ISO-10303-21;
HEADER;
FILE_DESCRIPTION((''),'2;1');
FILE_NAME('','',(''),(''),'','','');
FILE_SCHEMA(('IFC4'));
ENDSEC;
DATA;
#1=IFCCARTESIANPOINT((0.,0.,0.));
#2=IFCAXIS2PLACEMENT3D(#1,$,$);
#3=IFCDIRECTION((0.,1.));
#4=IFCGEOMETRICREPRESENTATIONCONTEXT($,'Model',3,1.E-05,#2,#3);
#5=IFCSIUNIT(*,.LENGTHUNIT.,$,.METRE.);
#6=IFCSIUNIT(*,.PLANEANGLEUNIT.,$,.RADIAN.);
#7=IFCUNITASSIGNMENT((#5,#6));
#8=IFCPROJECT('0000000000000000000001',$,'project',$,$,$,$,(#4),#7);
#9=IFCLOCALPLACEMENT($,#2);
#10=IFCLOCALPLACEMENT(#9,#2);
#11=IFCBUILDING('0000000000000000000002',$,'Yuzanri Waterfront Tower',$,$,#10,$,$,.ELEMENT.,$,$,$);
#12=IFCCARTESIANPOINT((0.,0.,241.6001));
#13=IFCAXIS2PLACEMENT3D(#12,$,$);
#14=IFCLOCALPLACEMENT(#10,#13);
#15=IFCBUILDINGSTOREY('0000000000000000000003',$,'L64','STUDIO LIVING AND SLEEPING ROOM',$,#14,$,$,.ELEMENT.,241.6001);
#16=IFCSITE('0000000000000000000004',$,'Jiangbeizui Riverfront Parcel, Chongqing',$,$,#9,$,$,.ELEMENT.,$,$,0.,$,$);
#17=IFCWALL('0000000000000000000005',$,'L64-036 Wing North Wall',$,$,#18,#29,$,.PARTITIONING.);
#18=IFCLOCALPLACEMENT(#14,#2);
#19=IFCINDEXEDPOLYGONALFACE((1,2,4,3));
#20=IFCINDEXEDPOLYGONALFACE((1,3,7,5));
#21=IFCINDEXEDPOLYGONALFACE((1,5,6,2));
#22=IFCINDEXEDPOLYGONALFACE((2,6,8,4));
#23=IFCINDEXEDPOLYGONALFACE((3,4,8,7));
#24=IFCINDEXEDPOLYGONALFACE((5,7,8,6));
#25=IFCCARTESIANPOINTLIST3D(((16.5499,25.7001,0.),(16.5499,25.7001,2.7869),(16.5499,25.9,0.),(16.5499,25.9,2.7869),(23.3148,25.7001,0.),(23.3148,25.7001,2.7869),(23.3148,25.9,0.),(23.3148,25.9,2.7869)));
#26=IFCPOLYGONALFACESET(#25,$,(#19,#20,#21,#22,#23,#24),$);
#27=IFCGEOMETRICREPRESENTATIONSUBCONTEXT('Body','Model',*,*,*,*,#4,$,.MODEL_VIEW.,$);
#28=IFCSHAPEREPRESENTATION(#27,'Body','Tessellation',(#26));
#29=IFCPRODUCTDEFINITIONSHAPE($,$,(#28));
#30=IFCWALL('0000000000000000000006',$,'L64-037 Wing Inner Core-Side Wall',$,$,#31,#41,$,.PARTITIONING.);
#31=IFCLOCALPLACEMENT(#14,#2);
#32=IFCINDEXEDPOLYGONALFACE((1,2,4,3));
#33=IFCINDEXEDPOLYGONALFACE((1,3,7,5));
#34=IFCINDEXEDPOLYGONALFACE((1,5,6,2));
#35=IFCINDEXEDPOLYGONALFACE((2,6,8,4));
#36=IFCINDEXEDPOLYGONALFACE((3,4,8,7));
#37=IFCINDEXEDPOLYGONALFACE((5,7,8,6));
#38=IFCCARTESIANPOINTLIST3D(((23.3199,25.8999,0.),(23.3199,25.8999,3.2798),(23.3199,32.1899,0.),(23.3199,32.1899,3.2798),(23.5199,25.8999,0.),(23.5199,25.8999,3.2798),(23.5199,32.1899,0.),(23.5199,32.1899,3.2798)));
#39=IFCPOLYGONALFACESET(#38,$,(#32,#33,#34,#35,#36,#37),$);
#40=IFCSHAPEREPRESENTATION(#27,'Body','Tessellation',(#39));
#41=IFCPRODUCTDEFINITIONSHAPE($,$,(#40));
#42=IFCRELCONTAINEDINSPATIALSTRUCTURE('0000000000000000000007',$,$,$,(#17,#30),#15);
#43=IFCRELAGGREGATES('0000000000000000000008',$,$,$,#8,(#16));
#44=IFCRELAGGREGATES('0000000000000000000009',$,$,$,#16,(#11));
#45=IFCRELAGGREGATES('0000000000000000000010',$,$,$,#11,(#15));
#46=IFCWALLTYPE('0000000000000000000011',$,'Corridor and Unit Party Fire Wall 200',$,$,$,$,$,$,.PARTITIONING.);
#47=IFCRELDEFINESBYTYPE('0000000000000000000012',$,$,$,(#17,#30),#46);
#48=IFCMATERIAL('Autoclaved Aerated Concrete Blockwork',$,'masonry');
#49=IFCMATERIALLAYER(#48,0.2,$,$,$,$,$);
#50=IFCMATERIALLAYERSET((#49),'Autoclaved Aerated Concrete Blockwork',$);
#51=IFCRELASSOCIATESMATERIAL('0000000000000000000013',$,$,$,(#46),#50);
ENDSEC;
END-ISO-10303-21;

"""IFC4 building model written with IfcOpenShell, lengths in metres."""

from ifc_helpers import new_model, si_unit, direction, frame, frame_2d, origin, place, context, subcontext, project, spatial, rectangle, extrude, source, transform, mapped, material, layer, layer_set, type_object, element, save


model = new_model("IFC4")

# Units and contexts
model_context = context("Model", 3, precision=1e-05, world=origin(), true_north=direction((0.0, 1.0)))
body_context = subcontext(model_context, "Body", "Model", "MODEL_VIEW")
ifc_project = project(units=[si_unit("LENGTHUNIT", "METRE"), si_unit("PLANEANGLEUNIT", "RADIAN")], contexts=[model_context])

# Site, building, storey
site_placement = place(None, origin())
site = spatial("IfcSite", under=ifc_project, at=site_placement, Name="Jiangbeizui Riverfront Parcel, Chongqing", CompositionType="ELEMENT", RefElevation=0.0)
building_placement = place(site_placement, origin())
building = spatial("IfcBuilding", under=site, at=building_placement, Name="Yuzanri Waterfront Tower", CompositionType="ELEMENT")
storey_placement = place(building_placement, frame((0.0, 0.0, 241.6001)))
storey = spatial("IfcBuildingStorey", under=building, at=storey_placement, Name="L64", Description="STUDIO LIVING AND SLEEPING ROOM", CompositionType="ELEMENT", Elevation=241.6001)

# Shared definitions
ifc_material_1 = material(Name="Autoclaved Aerated Concrete Blockwork", Category="masonry")
ifc_layer_1 = layer(ifc_material_1, 0.2)
ifc_layer_set_1 = layer_set([ifc_layer_1], Name="Autoclaved Aerated Concrete Blockwork")
wall_type_1 = type_object("IfcWallType", Name="Corridor and Unit Party Fire Wall 200", PredefinedType="PARTITIONING", material=ifc_layer_set_1)

# Walls
shared_shape_1 = source(origin(), body_context, "Body", "SweptSolid", [
    extrude(rectangle(XDim=6.7649, YDim=0.2, at=frame_2d((3.3823, 0.0))), origin(), (0.0, 0.0, 1.0), 2.7869),
])
wall_1_placement = place(storey_placement, frame((16.55, 25.8, 0.0), z_axis=(0.0, 0.0, 1.0), x_axis=(1.0, 0.0, 0.0)))
element("IfcWall", 1, at=wall_1_placement, inside=storey, type_object=wall_type_1, Name="L64-036 Wing North Wall", PredefinedType="PARTITIONING", context=body_context, shape_type="MappedRepresentation", body=[
    mapped(shared_shape_1, transform((0.0, 0.0, 0.0), scale=1.0)),
])
shared_shape_2 = source(origin(), body_context, "Body", "SweptSolid", [
    extrude(rectangle(XDim=6.29, YDim=0.2, at=frame_2d((3.145, 0.0))), origin(), (0.0, 0.0, 1.0), 3.2798),
])
wall_2_placement = place(storey_placement, frame((23.4199, 25.8999, 0.0), z_axis=(0.0, 0.0, 1.0), x_axis=(0.0, 1.0, 0.0)))
element("IfcWall", 2, at=wall_2_placement, inside=storey, type_object=wall_type_1, Name="L64-037 Wing Inner Core-Side Wall", PredefinedType="PARTITIONING", context=body_context, shape_type="MappedRepresentation", body=[
    mapped(shared_shape_2, transform((0.0, 0.0, 0.0), scale=1.0)),
])

save(model, "model.ifc")
